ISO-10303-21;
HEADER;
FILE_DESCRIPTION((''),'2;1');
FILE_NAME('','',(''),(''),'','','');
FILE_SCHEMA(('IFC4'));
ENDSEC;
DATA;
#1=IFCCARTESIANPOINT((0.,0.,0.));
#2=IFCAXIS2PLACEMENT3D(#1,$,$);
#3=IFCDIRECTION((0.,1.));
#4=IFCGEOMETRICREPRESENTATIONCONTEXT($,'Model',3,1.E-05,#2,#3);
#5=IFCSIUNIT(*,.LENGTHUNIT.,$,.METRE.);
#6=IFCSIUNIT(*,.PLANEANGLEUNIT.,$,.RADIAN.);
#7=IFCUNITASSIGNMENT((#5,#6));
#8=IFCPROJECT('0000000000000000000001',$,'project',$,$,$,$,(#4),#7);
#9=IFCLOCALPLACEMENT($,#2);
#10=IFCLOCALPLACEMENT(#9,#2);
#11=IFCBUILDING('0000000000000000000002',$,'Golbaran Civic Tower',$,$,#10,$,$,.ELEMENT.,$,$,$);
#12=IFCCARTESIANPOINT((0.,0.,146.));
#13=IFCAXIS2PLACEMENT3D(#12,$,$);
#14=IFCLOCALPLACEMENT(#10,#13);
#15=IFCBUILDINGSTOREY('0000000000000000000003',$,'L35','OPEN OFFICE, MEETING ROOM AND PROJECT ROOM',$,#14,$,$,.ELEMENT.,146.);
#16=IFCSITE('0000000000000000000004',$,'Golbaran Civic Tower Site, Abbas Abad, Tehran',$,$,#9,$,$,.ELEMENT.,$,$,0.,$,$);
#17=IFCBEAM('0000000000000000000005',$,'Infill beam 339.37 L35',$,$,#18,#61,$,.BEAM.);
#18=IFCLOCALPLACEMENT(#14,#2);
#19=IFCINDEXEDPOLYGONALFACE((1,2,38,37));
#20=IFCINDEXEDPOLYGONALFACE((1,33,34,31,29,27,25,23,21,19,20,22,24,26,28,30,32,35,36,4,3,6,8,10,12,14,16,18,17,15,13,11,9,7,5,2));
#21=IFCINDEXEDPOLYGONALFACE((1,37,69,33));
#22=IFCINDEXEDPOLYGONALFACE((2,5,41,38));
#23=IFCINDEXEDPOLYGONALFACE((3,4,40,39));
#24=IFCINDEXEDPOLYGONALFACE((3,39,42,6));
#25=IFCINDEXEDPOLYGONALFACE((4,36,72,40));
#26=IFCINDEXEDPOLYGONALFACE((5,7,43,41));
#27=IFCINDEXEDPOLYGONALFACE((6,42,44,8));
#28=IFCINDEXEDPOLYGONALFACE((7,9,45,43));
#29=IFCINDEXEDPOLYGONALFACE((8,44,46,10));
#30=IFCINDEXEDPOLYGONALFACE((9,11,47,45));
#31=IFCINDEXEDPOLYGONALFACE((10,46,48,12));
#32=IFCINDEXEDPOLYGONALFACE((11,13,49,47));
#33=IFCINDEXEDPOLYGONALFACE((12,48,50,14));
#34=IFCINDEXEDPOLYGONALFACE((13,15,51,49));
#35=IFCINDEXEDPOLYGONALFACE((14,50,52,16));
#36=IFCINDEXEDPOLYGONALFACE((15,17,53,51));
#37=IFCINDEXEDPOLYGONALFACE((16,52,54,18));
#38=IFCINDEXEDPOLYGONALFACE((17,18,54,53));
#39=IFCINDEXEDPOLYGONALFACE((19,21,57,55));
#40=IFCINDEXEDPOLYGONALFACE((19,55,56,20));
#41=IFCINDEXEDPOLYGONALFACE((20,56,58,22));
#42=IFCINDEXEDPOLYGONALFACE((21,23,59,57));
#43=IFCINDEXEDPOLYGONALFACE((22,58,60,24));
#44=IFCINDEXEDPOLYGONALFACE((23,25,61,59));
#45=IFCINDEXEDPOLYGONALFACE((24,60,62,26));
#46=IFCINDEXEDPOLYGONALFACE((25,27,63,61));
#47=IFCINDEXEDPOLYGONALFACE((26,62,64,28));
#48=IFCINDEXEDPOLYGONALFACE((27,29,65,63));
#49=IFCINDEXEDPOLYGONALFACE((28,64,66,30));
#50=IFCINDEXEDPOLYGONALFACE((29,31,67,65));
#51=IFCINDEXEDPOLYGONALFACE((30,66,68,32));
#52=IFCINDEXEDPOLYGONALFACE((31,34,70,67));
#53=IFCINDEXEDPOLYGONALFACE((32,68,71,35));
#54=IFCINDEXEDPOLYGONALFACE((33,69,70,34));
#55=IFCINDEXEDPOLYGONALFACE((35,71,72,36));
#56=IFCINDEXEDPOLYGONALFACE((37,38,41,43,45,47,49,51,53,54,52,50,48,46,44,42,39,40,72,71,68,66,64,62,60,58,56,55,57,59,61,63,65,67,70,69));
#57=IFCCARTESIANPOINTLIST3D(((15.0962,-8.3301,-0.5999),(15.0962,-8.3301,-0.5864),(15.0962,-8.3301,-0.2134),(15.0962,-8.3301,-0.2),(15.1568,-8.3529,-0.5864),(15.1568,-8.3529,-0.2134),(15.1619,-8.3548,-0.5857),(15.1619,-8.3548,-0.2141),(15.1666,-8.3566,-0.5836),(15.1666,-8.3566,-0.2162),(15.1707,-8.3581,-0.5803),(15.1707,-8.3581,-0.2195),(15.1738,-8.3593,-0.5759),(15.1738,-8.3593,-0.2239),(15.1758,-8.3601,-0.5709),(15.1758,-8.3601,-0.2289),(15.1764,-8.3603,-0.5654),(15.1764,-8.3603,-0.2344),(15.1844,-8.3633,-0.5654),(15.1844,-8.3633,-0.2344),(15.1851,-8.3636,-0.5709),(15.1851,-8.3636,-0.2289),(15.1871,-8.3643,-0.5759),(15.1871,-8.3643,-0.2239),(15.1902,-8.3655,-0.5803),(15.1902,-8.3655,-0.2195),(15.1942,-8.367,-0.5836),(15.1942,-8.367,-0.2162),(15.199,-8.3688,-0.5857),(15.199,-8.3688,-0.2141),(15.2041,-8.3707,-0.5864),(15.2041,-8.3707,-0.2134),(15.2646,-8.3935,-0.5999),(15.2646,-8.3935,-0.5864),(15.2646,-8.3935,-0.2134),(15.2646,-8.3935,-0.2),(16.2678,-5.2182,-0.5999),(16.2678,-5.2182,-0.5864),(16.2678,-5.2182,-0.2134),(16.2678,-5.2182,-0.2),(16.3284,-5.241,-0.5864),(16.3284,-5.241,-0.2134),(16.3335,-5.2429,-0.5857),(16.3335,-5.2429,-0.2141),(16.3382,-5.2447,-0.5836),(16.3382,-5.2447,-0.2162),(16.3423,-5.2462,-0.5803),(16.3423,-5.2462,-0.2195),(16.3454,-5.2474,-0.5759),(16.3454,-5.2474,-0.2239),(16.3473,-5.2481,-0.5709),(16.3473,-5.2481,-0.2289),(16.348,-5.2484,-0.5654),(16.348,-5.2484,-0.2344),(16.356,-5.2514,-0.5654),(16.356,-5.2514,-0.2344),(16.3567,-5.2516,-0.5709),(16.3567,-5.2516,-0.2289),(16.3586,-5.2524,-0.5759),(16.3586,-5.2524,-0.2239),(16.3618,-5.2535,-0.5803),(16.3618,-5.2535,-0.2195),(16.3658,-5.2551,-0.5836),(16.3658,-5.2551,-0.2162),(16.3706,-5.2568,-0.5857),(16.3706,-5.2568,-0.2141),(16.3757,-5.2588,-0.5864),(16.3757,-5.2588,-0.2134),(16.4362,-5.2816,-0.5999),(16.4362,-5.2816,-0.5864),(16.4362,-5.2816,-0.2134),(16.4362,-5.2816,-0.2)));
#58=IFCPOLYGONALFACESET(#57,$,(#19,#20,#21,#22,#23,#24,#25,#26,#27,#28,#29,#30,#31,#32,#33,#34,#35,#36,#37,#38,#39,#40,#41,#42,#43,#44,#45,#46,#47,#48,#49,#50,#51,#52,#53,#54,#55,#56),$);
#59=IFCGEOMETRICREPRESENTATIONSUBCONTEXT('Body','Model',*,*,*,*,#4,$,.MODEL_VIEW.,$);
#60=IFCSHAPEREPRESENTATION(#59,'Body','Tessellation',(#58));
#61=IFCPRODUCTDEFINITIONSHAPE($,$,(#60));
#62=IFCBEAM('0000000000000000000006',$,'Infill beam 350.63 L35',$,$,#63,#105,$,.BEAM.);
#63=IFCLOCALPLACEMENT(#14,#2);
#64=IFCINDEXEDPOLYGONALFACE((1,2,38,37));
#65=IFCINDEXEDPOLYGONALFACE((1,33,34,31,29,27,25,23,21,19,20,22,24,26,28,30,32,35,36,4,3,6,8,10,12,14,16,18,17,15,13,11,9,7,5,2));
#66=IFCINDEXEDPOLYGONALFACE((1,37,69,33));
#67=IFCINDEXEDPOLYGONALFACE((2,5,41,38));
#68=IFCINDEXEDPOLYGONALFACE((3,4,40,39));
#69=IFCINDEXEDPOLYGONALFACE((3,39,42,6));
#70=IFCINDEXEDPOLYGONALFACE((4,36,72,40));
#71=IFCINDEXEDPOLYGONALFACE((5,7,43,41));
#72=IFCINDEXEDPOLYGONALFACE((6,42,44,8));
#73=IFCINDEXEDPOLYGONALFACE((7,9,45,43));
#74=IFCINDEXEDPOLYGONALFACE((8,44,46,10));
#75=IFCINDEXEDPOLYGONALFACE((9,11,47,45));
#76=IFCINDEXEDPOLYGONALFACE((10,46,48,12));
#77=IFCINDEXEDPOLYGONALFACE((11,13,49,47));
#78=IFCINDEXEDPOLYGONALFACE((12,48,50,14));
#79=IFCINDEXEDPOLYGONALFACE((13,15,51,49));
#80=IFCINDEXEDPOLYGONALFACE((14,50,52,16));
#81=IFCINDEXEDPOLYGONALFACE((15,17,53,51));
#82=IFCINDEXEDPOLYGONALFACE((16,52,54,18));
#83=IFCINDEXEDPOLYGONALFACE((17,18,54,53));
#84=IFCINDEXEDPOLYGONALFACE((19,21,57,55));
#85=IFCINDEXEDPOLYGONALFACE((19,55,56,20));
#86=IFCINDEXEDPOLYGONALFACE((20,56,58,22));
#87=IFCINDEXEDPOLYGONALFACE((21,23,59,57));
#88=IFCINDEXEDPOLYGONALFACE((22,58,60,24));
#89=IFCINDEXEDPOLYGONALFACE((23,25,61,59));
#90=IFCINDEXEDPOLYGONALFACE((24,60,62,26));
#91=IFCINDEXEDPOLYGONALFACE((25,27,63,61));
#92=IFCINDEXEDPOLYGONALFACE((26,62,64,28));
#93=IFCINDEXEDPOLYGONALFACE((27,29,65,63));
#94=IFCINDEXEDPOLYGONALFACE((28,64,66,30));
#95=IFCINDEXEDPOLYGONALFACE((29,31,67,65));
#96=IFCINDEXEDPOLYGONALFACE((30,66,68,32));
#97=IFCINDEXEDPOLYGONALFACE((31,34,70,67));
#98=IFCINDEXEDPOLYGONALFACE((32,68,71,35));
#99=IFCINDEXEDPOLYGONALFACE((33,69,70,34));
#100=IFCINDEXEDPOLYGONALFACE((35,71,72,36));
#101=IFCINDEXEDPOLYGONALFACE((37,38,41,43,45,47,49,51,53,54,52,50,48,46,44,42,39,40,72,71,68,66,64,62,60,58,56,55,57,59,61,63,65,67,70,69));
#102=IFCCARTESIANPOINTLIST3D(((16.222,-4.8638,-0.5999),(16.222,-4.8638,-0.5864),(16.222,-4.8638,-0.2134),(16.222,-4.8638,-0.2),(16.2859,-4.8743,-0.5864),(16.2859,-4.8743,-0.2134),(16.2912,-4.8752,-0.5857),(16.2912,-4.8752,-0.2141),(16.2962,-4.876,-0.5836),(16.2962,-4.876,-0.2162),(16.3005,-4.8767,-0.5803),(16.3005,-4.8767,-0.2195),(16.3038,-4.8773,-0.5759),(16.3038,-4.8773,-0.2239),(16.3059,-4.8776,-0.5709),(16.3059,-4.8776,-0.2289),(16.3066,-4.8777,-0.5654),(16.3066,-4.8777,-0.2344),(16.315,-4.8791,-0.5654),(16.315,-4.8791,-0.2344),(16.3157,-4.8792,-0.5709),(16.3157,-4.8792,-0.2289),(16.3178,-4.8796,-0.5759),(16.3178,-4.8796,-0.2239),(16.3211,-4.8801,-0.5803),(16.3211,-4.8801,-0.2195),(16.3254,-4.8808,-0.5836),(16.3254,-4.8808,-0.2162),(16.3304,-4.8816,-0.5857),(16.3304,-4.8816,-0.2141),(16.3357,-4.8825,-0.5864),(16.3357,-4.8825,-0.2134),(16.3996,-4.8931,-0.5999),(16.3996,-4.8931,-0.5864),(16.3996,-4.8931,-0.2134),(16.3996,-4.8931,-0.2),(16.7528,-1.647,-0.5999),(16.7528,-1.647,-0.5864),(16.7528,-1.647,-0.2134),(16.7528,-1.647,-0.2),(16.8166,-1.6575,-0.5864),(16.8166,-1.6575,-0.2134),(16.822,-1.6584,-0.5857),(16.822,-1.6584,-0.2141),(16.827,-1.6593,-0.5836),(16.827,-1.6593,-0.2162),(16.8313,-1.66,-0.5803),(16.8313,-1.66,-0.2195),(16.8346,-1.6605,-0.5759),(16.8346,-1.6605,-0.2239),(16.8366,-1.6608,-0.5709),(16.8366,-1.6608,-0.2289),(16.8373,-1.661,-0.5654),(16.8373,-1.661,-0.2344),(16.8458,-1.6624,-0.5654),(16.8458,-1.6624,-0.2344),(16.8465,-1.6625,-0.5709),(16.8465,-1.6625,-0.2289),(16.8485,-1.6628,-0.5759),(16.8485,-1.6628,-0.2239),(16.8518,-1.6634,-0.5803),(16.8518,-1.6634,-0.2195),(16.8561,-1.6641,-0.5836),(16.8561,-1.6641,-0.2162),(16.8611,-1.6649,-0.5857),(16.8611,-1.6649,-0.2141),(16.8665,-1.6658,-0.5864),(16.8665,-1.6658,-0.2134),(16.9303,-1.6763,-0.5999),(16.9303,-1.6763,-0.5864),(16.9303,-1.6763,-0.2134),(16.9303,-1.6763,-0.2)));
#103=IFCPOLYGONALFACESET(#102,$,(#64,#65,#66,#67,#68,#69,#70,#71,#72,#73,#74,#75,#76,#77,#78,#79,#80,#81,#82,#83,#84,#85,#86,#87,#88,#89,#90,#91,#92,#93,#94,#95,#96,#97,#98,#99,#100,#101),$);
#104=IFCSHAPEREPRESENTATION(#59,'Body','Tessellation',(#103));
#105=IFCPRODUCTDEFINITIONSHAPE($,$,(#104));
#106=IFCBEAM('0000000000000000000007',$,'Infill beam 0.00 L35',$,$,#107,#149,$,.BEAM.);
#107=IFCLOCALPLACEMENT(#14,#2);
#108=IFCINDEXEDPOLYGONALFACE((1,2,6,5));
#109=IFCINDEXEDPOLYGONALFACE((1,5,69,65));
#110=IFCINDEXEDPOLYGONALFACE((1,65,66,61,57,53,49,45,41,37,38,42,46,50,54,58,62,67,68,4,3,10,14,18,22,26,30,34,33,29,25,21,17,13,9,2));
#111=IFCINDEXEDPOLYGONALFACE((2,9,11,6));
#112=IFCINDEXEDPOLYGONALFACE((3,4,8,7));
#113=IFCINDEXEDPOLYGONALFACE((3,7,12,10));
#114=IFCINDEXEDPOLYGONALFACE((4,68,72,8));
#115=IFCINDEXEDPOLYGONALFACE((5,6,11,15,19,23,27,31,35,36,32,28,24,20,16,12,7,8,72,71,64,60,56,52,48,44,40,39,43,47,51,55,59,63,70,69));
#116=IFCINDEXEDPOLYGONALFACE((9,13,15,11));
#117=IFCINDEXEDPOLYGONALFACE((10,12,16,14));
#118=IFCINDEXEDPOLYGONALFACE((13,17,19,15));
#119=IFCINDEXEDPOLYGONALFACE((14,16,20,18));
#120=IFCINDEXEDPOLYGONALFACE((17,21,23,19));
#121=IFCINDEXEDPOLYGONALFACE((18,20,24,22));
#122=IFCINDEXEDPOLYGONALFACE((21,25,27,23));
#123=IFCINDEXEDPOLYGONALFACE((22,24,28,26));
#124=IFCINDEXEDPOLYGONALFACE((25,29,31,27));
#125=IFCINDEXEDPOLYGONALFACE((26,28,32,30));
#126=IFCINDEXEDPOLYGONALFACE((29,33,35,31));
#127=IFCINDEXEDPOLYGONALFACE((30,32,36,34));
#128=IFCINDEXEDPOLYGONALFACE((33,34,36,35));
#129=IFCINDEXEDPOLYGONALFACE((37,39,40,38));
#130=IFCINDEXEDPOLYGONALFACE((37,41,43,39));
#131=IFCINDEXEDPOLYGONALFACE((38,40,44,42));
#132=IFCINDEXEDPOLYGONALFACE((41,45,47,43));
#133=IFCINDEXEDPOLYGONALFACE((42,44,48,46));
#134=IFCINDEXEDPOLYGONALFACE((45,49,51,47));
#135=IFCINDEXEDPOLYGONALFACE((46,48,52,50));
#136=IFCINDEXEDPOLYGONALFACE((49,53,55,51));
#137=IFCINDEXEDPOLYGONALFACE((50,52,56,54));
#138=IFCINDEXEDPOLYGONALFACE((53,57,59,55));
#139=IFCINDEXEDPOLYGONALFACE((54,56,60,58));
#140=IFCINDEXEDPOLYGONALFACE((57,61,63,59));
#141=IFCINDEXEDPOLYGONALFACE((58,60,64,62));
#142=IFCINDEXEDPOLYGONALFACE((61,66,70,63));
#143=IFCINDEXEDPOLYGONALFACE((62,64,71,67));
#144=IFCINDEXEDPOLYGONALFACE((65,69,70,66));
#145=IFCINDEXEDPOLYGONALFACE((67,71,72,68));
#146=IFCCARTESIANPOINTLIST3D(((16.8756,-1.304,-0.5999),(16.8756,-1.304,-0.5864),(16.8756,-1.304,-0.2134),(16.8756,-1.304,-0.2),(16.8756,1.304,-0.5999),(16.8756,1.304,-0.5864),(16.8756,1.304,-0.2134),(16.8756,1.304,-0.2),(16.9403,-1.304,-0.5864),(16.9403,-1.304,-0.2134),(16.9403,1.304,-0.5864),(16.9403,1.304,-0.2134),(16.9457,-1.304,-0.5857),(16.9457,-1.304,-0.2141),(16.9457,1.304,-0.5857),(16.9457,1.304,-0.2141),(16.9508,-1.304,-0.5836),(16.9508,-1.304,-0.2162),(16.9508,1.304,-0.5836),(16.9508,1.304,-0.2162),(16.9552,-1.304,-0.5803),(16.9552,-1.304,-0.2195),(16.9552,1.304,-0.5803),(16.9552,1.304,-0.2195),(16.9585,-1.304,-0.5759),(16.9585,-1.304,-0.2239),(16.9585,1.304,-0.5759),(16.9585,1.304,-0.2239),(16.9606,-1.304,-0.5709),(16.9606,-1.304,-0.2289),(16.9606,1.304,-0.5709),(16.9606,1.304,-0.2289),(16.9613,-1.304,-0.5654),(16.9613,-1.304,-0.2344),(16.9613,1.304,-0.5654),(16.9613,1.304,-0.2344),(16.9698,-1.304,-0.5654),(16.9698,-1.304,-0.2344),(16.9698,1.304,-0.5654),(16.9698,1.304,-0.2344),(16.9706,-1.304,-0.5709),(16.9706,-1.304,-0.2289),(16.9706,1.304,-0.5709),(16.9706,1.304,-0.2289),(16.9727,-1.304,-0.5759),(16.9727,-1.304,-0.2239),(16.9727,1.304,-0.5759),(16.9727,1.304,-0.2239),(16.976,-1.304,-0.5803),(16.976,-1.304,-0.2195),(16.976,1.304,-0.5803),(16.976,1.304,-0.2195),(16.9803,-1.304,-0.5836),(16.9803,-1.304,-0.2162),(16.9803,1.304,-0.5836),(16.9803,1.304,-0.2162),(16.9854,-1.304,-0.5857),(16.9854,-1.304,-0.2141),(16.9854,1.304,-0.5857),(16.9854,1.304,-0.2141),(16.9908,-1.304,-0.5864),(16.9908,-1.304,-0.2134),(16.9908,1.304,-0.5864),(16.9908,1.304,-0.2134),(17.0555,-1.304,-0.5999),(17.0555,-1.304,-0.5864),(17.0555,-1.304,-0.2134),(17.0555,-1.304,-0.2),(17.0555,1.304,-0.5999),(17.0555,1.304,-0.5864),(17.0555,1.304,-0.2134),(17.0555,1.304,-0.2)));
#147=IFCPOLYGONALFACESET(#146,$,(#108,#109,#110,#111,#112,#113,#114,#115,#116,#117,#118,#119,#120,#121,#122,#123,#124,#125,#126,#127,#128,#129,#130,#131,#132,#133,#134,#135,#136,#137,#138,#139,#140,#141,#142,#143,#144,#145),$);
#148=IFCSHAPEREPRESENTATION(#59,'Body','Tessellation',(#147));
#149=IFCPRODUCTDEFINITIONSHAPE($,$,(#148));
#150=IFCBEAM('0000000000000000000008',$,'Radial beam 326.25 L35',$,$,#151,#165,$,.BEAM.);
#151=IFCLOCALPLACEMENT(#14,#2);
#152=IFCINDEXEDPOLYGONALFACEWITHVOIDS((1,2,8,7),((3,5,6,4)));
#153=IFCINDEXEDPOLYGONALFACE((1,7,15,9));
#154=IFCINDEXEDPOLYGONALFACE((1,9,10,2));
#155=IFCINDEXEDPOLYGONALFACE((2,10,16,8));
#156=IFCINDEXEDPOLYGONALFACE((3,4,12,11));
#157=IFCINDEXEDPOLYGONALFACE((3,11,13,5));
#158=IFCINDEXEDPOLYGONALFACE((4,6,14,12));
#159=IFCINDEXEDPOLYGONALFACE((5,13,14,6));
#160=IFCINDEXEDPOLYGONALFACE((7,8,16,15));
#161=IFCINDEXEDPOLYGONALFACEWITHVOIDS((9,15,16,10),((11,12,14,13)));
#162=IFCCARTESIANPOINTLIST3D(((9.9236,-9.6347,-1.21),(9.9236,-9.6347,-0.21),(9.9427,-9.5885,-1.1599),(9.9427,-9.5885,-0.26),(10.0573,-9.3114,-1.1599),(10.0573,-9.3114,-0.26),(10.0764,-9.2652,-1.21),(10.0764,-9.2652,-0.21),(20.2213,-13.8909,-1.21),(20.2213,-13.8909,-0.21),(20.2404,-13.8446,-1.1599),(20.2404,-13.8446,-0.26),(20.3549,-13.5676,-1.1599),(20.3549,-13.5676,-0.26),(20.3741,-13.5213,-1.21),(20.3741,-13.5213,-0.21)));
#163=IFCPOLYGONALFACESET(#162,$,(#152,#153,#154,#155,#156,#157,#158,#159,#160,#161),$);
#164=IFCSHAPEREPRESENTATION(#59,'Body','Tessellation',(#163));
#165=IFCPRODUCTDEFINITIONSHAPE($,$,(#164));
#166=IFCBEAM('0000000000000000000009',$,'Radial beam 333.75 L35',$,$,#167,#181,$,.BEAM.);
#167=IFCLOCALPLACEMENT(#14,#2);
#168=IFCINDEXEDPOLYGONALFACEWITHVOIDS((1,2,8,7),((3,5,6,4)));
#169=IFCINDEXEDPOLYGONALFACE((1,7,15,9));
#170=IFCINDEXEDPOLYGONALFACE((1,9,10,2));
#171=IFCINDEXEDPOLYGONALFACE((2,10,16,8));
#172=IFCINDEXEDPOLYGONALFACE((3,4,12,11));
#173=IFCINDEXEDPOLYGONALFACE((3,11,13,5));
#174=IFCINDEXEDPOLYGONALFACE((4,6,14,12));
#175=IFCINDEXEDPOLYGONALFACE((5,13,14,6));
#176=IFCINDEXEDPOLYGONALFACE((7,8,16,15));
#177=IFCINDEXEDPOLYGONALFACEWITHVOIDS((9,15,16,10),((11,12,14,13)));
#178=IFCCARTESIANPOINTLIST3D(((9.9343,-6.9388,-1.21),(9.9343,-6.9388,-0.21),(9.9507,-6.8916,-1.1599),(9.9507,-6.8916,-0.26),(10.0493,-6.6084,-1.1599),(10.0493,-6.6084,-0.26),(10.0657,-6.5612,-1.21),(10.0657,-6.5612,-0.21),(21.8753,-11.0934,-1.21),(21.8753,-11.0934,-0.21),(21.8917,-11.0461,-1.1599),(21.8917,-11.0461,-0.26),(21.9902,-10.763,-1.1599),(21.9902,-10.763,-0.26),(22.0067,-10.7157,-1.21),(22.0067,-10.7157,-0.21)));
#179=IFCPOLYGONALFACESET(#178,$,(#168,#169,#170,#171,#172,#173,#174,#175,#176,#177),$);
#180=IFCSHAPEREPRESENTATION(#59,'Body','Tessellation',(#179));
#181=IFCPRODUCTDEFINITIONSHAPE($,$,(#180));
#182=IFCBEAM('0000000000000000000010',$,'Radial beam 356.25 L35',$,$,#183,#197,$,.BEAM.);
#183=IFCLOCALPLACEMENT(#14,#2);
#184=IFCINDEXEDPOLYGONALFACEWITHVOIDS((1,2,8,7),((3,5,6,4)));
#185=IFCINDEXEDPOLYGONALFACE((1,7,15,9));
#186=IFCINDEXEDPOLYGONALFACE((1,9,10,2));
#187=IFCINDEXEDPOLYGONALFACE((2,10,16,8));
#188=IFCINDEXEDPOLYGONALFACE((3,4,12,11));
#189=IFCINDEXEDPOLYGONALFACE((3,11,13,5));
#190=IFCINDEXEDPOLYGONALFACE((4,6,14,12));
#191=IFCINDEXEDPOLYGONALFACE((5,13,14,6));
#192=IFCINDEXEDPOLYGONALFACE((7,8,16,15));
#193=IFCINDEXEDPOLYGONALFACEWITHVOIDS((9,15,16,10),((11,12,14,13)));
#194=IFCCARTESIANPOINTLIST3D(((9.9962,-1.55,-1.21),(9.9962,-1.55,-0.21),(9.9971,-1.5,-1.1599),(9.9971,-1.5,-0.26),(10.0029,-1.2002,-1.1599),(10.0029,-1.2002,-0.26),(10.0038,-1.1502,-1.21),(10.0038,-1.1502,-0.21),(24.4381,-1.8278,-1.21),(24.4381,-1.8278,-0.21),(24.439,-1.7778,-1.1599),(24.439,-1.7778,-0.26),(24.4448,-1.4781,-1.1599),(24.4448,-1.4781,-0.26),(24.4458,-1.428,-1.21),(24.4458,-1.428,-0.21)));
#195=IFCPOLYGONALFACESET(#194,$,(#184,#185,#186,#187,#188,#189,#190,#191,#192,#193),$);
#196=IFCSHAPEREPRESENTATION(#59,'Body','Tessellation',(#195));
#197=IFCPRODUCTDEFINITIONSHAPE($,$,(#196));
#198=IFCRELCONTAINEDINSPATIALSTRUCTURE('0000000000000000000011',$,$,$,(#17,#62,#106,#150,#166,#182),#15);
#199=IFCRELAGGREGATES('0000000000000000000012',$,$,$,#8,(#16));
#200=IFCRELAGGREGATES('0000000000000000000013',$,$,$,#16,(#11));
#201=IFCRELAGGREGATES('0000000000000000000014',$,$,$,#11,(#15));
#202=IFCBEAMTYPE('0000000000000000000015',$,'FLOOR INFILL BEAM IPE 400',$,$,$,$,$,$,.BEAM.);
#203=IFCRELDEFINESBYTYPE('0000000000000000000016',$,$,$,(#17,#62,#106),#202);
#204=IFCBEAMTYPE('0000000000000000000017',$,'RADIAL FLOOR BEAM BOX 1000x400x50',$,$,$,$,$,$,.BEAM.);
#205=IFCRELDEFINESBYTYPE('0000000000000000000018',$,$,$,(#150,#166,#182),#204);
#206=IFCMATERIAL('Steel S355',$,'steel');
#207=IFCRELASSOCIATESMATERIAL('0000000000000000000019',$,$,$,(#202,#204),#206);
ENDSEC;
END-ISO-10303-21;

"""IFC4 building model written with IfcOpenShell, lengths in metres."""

from ifc_helpers import new_model, si_unit, direction, frame, origin, origin_2d, place, context, subcontext, project, spatial, hollow_rectangle, i_section, extrude, material, material_profile, profile_set, type_object, element, save


model = new_model("IFC4")

# Units and contexts
model_context = context("Model", 3, precision=1e-05, world=origin(), true_north=direction((0.0, 1.0)))
body_context = subcontext(model_context, "Body", "Model", "MODEL_VIEW")
ifc_project = project(units=[si_unit("LENGTHUNIT", "METRE"), si_unit("PLANEANGLEUNIT", "RADIAN")], contexts=[model_context])

# Site, building, storey
site_placement = place(None, origin())
site = spatial("IfcSite", under=ifc_project, at=site_placement, Name="Golbaran Civic Tower Site, Abbas Abad, Tehran", CompositionType="ELEMENT", RefElevation=0.0)
building_placement = place(site_placement, origin())
building = spatial("IfcBuilding", under=site, at=building_placement, Name="Golbaran Civic Tower", CompositionType="ELEMENT")
storey_placement = place(building_placement, frame((0.0, 0.0, 146.0)))
storey = spatial("IfcBuildingStorey", under=building, at=storey_placement, Name="L35", Description="OPEN OFFICE, MEETING ROOM AND PROJECT ROOM", CompositionType="ELEMENT", Elevation=146.0)

# Beams
ifc_material_1 = material(Name="Steel S355", Category="steel")
ifc_material_profile_1 = material_profile(ifc_material_1, i_section(OverallWidth=0.1799, OverallDepth=0.3999, WebThickness=0.0085, FlangeThickness=0.0134, FilletRadius=0.021, at=origin_2d()), Name="IPE 400")
ifc_profile_set_1 = profile_set([ifc_material_profile_1], Name="Steel S355")
beam_type_1 = type_object("IfcBeamType", Name="FLOOR INFILL BEAM IPE 400", PredefinedType="BEAM", material=ifc_profile_set_1)
beam_1_placement = place(storey_placement, frame((15.1804, -8.3618, -0.3999), z_axis=(0.352338, 0.935873, 0.0), x_axis=(-0.935873, 0.352338, 0.0)))
element("IfcBeam", 1, at=beam_1_placement, inside=storey, type_object=beam_type_1, Name="Infill beam 339.37 L35", PredefinedType="BEAM", context=body_context, shape_type="SweptSolid", body=[
    extrude(i_section(OverallWidth=0.1799, OverallDepth=0.3999, WebThickness=0.0085, FlangeThickness=0.0134, FilletRadius=0.021, at=origin_2d()), origin(), (0.0, 0.0, 1.0), 3.3252),
])
beam_2_placement = place(storey_placement, frame((16.3108, -4.8784, -0.3999), z_axis=(0.162796, 0.98666, 0.0), x_axis=(-0.98666, 0.162796, 0.0)))
element("IfcBeam", 2, at=beam_2_placement, inside=storey, type_object=beam_type_1, Name="Infill beam 350.63 L35", PredefinedType="BEAM", context=body_context, shape_type="SweptSolid", body=[
    extrude(i_section(OverallWidth=0.1799, OverallDepth=0.3999, WebThickness=0.0085, FlangeThickness=0.0134, FilletRadius=0.021, at=origin_2d()), origin(), (0.0, 0.0, 1.0), 3.2603),
])
beam_3_placement = place(storey_placement, frame((16.9656, -1.304, -0.3999), z_axis=(0.0, 1.0, 0.0), x_axis=(-1.0, 0.0, 0.0)))
element("IfcBeam", 3, at=beam_3_placement, inside=storey, type_object=beam_type_1, Name="Infill beam 0.00 L35", PredefinedType="BEAM", context=body_context, shape_type="SweptSolid", body=[
    extrude(i_section(OverallWidth=0.1799, OverallDepth=0.3999, WebThickness=0.0085, FlangeThickness=0.0134, FilletRadius=0.021, at=origin_2d()), origin(), (0.0, 0.0, 1.0), 2.6079),
])
ifc_material_profile_2 = material_profile(ifc_material_1, hollow_rectangle(XDim=0.3999, YDim=1.0, WallThickness=0.05, at=origin_2d()), Name="BOX 1000x400x50")
ifc_profile_set_2 = profile_set([ifc_material_profile_2], Name="Steel S355")
beam_type_2 = type_object("IfcBeamType", Name="RADIAL FLOOR BEAM BOX 1000x400x50", PredefinedType="BEAM", material=ifc_profile_set_2)
beam_4_placement = place(storey_placement, frame((10.0, -9.45, -0.71), z_axis=(0.924175, -0.381971, 0.0), x_axis=(0.381971, 0.924175, 0.0)))
element("IfcBeam", 4, at=beam_4_placement, inside=storey, type_object=beam_type_2, Name="Radial beam 326.25 L35", PredefinedType="BEAM", context=body_context, shape_type="SweptSolid", body=[
    extrude(hollow_rectangle(XDim=0.3999, YDim=1.0, WallThickness=0.05, at=origin_2d()), origin(), (0.0, 0.0, 1.0), 11.1426),
])
beam_5_placement = place(storey_placement, frame((10.0, -6.75, -0.71), z_axis=(0.944468, -0.328604, 0.0), x_axis=(0.328604, 0.944468, 0.0)))
element("IfcBeam", 5, at=beam_5_placement, inside=storey, type_object=beam_type_2, Name="Radial beam 333.75 L35", PredefinedType="BEAM", context=body_context, shape_type="SweptSolid", body=[
    extrude(hollow_rectangle(XDim=0.3999, YDim=1.0, WallThickness=0.05, at=origin_2d()), origin(), (0.0, 0.0, 1.0), 12.6431),
])
beam_6_placement = place(storey_placement, frame((10.0, -1.3501, -0.71), z_axis=(0.999815, -0.019234, 0.0), x_axis=(0.019234, 0.999815, 0.0)))
element("IfcBeam", 6, at=beam_6_placement, inside=storey, type_object=beam_type_2, Name="Radial beam 356.25 L35", PredefinedType="BEAM", context=body_context, shape_type="SweptSolid", body=[
    extrude(hollow_rectangle(XDim=0.3999, YDim=1.0, WallThickness=0.05, at=origin_2d()), origin(), (0.0, 0.0, 1.0), 14.4446),
])

save(model, "model.ifc")
